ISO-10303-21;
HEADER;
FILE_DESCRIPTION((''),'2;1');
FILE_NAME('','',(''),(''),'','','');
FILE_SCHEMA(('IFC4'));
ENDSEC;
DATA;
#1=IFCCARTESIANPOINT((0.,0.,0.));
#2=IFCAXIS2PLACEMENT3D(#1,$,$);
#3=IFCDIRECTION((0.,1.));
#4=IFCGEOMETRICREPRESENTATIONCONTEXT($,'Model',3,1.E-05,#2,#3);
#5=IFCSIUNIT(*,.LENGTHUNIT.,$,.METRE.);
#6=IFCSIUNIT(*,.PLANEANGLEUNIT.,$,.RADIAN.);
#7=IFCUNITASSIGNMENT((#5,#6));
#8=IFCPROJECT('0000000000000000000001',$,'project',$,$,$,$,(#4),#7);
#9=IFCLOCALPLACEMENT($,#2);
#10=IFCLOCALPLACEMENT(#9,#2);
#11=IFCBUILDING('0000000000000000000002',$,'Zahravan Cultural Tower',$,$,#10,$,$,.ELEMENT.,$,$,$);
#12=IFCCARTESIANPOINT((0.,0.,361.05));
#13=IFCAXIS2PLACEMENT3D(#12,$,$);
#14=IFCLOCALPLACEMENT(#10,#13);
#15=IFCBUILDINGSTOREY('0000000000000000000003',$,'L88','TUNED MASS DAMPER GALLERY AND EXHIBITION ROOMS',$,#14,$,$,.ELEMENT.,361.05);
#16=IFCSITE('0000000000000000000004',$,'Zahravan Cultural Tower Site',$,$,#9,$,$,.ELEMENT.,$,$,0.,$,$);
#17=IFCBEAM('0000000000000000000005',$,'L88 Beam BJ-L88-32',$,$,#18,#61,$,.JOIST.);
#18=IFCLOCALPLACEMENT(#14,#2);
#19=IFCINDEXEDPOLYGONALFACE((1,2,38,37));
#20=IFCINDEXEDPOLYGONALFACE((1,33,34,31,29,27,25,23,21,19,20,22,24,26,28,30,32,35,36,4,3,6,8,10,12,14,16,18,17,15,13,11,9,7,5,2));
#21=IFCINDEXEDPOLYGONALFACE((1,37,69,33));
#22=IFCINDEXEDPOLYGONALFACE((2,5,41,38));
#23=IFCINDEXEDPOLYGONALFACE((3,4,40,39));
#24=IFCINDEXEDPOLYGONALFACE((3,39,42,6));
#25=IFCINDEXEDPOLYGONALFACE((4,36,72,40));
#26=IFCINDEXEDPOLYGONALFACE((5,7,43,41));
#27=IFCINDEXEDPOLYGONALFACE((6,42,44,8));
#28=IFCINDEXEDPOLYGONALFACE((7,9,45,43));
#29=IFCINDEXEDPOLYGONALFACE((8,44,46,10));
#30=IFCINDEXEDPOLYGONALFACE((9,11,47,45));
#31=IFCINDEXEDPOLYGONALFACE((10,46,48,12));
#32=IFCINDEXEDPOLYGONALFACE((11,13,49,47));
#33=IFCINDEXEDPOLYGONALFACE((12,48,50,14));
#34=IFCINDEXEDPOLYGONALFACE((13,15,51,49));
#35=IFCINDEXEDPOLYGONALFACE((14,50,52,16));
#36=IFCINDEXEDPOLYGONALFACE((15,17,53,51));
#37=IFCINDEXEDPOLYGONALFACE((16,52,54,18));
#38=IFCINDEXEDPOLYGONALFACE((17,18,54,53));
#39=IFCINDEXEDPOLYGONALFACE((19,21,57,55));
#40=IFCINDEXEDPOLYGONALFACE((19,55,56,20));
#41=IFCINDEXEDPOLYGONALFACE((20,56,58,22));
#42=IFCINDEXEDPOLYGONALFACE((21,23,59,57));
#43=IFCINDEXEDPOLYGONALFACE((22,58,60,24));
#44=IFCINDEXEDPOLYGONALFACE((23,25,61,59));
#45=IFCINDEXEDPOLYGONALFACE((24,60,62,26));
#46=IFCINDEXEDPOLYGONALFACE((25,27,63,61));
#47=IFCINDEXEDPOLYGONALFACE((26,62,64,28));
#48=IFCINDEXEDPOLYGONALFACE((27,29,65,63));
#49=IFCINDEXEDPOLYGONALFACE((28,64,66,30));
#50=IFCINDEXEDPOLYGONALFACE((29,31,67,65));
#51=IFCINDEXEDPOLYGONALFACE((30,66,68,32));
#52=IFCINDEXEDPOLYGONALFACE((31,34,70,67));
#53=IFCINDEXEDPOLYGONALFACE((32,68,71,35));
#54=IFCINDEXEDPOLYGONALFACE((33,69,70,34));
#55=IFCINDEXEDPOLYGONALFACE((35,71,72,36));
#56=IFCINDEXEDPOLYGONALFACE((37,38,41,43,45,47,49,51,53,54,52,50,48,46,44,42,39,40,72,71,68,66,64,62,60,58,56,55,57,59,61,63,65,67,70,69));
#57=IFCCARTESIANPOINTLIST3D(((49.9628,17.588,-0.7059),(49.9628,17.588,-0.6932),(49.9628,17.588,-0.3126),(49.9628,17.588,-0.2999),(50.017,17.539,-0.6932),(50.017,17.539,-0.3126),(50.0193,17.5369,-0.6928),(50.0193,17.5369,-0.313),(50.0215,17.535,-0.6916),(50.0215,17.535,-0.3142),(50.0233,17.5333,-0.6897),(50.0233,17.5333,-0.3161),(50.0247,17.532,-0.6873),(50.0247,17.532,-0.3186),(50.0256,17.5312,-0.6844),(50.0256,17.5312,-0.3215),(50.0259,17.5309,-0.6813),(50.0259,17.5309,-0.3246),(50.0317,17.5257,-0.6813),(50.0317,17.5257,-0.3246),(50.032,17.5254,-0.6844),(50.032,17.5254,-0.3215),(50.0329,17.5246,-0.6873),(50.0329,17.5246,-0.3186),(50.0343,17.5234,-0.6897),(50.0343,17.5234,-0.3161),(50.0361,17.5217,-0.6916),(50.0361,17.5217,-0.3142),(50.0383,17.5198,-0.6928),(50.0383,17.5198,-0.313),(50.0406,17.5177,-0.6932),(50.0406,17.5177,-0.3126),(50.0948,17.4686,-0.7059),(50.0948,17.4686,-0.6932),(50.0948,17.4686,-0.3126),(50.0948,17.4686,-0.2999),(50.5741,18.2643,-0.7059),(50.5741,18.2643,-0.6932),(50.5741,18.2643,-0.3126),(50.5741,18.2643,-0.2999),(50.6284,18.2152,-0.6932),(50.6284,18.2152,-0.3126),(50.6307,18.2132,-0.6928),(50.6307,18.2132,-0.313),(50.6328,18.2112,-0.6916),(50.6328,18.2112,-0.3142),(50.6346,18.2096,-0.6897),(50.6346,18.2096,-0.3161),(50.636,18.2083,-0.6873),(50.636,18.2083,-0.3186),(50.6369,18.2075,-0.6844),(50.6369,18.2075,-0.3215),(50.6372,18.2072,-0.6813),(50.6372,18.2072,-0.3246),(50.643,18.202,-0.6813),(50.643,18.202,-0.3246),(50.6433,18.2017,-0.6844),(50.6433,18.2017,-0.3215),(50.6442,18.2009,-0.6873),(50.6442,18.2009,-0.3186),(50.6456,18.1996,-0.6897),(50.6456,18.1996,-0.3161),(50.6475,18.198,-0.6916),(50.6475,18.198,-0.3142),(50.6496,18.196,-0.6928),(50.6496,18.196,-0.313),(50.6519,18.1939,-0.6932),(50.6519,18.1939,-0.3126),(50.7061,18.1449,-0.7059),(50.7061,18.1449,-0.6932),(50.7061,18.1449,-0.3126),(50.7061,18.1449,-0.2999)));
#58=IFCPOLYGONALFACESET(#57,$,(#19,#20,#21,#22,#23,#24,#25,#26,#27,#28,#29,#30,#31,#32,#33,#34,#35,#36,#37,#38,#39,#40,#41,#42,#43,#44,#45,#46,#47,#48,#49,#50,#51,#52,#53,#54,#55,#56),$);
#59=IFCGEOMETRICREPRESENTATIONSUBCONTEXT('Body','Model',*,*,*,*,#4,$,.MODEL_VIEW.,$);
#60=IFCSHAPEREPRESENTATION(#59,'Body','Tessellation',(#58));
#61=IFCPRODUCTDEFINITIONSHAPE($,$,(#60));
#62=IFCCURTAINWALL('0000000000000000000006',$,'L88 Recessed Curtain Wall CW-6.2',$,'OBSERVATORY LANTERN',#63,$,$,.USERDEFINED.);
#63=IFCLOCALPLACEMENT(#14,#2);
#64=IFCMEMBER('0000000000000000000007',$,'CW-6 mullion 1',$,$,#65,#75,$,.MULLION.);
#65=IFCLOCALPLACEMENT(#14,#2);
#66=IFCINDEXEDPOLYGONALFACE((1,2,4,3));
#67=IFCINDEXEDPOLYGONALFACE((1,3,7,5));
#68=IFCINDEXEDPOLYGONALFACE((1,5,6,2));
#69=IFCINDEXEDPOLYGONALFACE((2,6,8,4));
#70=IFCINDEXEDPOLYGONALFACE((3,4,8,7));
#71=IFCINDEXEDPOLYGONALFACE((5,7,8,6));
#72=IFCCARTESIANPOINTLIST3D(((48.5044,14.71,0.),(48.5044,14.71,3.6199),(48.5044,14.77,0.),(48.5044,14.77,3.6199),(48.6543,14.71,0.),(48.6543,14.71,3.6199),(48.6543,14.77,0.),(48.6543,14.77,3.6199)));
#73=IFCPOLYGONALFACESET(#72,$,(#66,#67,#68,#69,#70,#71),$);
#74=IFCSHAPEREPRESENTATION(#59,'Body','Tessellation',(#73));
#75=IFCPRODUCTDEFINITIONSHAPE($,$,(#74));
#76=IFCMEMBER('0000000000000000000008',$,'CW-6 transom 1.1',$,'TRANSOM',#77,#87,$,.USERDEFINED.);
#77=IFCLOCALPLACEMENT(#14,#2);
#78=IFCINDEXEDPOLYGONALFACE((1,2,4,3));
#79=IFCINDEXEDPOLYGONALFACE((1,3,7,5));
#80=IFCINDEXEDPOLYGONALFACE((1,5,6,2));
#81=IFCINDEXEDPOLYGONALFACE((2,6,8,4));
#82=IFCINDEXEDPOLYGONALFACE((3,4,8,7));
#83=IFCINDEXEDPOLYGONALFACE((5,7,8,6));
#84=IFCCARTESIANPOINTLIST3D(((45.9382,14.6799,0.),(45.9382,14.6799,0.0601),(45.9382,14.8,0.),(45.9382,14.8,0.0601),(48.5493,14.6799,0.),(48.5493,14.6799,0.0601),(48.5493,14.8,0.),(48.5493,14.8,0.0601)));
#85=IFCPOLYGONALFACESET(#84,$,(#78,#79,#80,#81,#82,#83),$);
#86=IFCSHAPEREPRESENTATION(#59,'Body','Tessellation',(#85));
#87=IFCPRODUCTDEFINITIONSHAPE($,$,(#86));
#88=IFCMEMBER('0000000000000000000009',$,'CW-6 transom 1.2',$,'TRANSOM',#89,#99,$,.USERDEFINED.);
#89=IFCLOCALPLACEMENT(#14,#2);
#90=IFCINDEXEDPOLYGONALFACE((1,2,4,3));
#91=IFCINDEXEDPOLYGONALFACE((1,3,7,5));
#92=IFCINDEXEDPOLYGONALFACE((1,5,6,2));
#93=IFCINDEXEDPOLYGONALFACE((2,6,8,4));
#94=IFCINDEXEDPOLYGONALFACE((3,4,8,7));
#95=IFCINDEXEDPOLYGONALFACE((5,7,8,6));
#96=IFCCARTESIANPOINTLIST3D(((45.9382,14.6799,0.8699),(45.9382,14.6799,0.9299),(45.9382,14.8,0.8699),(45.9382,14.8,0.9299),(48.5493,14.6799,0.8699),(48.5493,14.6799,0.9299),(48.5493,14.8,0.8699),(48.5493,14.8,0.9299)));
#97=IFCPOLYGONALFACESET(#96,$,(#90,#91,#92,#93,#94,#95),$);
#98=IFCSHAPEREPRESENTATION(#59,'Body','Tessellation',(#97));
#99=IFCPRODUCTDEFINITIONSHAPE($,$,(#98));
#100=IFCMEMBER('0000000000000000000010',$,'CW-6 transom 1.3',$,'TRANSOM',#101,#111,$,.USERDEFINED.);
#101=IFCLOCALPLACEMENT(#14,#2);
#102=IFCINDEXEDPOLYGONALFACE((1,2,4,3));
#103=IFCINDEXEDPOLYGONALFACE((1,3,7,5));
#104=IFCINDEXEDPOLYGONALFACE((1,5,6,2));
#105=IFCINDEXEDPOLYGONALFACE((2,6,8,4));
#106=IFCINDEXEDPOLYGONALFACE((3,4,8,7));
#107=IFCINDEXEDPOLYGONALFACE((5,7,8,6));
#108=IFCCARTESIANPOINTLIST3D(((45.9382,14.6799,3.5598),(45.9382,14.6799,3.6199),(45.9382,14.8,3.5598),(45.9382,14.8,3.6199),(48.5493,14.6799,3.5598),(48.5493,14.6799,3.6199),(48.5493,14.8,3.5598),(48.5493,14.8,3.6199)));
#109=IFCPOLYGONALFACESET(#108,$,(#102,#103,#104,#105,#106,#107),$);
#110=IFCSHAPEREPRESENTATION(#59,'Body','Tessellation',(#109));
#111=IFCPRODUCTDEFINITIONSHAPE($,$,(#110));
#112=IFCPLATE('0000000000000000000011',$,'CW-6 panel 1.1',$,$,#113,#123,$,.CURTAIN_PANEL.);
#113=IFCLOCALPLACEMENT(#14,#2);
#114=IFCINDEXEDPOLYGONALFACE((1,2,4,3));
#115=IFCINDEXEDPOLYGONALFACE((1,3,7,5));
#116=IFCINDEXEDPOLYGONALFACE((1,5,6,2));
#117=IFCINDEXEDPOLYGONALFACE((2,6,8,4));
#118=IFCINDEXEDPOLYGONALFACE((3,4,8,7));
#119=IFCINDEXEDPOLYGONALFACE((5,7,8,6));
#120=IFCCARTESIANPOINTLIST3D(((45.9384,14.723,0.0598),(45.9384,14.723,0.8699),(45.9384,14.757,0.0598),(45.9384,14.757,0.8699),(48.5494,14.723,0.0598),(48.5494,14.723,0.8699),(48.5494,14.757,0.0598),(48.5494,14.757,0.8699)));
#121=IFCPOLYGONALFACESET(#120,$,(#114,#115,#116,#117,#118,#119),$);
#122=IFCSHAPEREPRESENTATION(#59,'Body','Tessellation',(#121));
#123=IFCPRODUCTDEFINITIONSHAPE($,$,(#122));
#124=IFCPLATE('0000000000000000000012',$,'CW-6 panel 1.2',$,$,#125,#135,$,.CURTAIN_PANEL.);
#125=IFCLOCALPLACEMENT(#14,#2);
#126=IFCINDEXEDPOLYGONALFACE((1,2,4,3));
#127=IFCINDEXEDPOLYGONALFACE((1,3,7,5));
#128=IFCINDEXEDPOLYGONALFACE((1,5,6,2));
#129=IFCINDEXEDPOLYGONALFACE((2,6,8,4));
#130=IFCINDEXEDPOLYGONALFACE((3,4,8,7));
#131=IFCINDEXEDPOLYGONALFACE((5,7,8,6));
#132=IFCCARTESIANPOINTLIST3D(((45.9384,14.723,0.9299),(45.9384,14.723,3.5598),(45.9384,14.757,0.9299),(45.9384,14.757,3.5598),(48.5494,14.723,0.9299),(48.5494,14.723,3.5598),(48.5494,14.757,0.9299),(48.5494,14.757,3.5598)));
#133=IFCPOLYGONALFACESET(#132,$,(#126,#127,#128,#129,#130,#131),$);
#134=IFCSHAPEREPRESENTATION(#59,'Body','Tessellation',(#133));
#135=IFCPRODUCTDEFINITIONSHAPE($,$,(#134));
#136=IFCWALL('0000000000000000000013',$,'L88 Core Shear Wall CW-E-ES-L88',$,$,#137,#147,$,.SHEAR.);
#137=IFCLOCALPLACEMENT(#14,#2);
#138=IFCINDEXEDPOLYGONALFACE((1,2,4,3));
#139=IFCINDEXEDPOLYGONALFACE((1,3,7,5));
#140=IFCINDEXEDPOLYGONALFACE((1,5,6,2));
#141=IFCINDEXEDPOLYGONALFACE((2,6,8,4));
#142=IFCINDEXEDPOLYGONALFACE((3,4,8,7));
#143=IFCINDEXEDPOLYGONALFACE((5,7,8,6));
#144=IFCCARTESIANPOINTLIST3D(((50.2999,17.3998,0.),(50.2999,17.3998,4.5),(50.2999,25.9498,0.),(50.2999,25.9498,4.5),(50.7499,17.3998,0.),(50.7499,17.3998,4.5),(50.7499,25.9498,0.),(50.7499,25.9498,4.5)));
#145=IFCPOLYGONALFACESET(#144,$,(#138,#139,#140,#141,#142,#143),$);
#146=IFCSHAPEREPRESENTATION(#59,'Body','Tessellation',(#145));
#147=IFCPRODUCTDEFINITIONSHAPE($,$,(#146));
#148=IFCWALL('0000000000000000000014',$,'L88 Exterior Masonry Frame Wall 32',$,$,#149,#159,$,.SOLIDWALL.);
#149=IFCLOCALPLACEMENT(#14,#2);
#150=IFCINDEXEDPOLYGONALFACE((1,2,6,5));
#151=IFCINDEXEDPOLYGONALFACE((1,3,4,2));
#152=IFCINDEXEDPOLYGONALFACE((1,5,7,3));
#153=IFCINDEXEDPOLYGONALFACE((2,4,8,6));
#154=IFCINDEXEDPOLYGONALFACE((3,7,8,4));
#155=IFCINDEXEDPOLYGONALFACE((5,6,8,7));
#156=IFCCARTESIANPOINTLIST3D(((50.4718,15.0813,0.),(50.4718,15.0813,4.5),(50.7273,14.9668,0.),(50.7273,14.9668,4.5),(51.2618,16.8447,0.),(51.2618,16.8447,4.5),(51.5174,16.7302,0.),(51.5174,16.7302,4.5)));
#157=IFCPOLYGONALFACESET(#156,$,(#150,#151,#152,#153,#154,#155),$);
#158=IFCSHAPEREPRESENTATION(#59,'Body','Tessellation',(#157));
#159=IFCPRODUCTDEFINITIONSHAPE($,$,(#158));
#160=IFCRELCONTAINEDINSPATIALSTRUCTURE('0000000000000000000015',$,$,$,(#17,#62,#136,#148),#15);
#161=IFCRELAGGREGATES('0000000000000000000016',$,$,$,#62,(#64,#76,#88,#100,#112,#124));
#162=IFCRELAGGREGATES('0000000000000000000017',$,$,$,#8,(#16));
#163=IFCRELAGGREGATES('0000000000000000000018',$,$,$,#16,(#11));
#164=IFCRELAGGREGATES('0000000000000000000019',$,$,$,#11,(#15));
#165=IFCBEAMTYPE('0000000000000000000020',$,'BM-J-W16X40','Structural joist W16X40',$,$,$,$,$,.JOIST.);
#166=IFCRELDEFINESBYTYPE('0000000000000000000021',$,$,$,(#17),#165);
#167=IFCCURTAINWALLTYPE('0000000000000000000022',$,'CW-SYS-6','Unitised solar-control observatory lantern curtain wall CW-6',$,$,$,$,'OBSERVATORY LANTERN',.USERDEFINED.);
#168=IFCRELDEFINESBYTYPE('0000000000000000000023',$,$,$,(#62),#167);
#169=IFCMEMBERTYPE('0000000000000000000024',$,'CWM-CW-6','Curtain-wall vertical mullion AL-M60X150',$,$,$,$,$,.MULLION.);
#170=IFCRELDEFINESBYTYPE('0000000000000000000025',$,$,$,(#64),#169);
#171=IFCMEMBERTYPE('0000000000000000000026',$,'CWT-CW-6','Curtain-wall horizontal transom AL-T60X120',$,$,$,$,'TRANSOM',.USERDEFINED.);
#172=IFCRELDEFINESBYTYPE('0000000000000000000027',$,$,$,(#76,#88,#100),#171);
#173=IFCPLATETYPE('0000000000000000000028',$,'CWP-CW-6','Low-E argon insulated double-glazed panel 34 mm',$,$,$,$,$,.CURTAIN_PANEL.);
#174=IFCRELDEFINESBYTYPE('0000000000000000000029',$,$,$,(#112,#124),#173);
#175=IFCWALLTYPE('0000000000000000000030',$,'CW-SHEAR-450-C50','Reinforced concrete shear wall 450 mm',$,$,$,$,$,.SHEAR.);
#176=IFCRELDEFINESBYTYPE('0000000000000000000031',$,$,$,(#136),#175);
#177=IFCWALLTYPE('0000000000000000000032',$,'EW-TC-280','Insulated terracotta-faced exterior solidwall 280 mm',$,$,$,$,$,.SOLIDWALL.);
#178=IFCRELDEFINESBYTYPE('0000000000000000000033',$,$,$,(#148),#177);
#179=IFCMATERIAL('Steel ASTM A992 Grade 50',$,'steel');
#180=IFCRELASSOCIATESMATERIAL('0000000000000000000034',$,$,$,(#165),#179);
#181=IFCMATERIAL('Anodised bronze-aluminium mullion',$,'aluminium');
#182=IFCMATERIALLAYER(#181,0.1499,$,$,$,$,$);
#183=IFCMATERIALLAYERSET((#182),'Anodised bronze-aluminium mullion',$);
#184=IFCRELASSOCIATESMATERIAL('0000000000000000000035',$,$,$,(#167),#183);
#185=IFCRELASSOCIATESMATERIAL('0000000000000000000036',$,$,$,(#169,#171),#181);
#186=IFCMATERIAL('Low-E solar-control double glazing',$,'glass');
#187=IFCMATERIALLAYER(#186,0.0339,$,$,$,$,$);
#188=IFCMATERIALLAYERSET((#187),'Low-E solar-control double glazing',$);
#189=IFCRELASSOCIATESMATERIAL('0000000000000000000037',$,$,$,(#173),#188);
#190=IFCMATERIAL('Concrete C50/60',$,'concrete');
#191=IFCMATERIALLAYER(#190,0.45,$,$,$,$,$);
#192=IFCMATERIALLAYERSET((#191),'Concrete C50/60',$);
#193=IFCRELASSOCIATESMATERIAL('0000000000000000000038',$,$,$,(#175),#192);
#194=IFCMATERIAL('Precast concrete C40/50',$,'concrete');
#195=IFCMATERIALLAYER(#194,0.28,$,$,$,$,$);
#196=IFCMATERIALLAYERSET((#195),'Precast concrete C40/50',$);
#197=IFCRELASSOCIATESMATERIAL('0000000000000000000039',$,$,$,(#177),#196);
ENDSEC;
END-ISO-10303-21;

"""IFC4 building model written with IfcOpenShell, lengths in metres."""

from ifc_helpers import new_model, si_unit, direction, frame, frame_2d, origin, origin_2d, place, context, subcontext, project, spatial, rectangle, i_section, extrude, source, transform, mapped, material, layer, layer_set, material_profile, profile_set, type_object, element, aggregate, save


model = new_model("IFC4")

# Units and contexts
model_context = context("Model", 3, precision=1e-05, world=origin(), true_north=direction((0.0, 1.0)))
body_context = subcontext(model_context, "Body", "Model", "MODEL_VIEW")
ifc_project = project(units=[si_unit("LENGTHUNIT", "METRE"), si_unit("PLANEANGLEUNIT", "RADIAN")], contexts=[model_context])

# Site, building, storey
site_placement = place(None, origin())
site = spatial("IfcSite", under=ifc_project, at=site_placement, Name="Zahravan Cultural Tower Site", CompositionType="ELEMENT", RefElevation=0.0)
building_placement = place(site_placement, origin())
building = spatial("IfcBuilding", under=site, at=building_placement, Name="Zahravan Cultural Tower", CompositionType="ELEMENT")
storey_placement = place(building_placement, frame((0.0, 0.0, 361.05)))
storey = spatial("IfcBuildingStorey", under=building, at=storey_placement, Name="L88", Description="TUNED MASS DAMPER GALLERY AND EXHIBITION ROOMS", CompositionType="ELEMENT", Elevation=361.05)

# Shared definitions
ifc_material_1 = material(Name="Concrete C50/60", Category="concrete")
ifc_material_2 = material(Name="Steel ASTM A992 Grade 50", Category="steel")

# Beam
ifc_material_profile_1 = material_profile(ifc_material_2, i_section(OverallWidth=0.178, OverallDepth=0.406, WebThickness=0.0078, FlangeThickness=0.0127, FilletRadius=0.012, at=origin_2d()), Name="W16X40")
ifc_profile_set_1 = profile_set([ifc_material_profile_1], Name="Steel ASTM A992 Grade 50")
beam_type_1 = type_object("IfcBeamType", Name="BM-J-W16X40", Description="Structural joist W16X40", PredefinedType="JOIST", material=ifc_profile_set_1)
shared_shape_1 = source(origin(), body_context, "Body", "SweptSolid", [
    extrude(i_section(OverallWidth=0.178, OverallDepth=0.406, WebThickness=0.0078, FlangeThickness=0.0127, FilletRadius=0.012, at=origin_2d()), origin(), (0.0, 0.0, 1.0), 0.9116),
])
beam_1_placement = place(storey_placement, frame((50.0288, 17.5283, -0.5029), z_axis=(0.670591, 0.741828, 0.0), x_axis=(-0.741828, 0.670591, 0.0)))
element("IfcBeam", 1, at=beam_1_placement, inside=storey, type_object=beam_type_1, Name="L88 Beam BJ-L88-32", PredefinedType="JOIST", context=body_context, shape_type="MappedRepresentation", body=[
    mapped(shared_shape_1, transform((0.0, 0.0, 0.0), x_axis=(1.0, 0.0, 0.0), y_axis=(0.0, 1.0, 0.0), z_axis=(0.0, 0.0, 1.0), scale=1.0)),
])

# Curtain wall, members, plates
ifc_material_3 = material(Name="Anodised bronze-aluminium mullion", Category="aluminium")
ifc_layer_1 = layer(ifc_material_3, 0.1499)
ifc_layer_set_1 = layer_set([ifc_layer_1], Name="Anodised bronze-aluminium mullion")
curtain_wall_type = type_object("IfcCurtainWallType", Name="CW-SYS-6", Description="Unitised solar-control observatory lantern curtain wall CW-6", ElementType="OBSERVATORY LANTERN", PredefinedType="USERDEFINED", material=ifc_layer_set_1)
curtain_wall_placement = place(storey_placement, origin())
curtain_wall = element("IfcCurtainWall", 2, at=curtain_wall_placement, inside=storey, type_object=curtain_wall_type, Name="L88 Recessed Curtain Wall CW-6.2", ObjectType="OBSERVATORY LANTERN", PredefinedType="USERDEFINED")
ifc_material_profile_2 = material_profile(ifc_material_3, rectangle(XDim=0.0601, YDim=0.1499, at=origin_2d()), Name="AL-M60X150")
ifc_profile_set_2 = profile_set([ifc_material_profile_2], Name="Anodised bronze-aluminium mullion")
member_type_1 = type_object("IfcMemberType", Name="CWM-CW-6", Description="Curtain-wall vertical mullion AL-M60X150", PredefinedType="MULLION", material=ifc_profile_set_2)
shared_shape_2 = source(origin(), body_context, "Body", "SweptSolid", [
    extrude(rectangle(XDim=0.0601, YDim=0.1499, at=origin_2d()), origin(), (0.0, 0.0, 1.0), 3.6199),
])
member_1_placement = place(storey_placement, frame((48.5793, 14.74, 0.0), z_axis=(0.0, 0.0, 1.0), x_axis=(0.0, -1.0, 0.0)))
member_1 = element("IfcMember", 3, at=member_1_placement, type_object=member_type_1, Name="CW-6 mullion 1", PredefinedType="MULLION", context=body_context, shape_type="MappedRepresentation", body=[
    mapped(shared_shape_2, transform((0.0, 0.0, 0.0), x_axis=(1.0, 0.0, 0.0), y_axis=(0.0, 1.0, 0.0), z_axis=(0.0, 0.0, 1.0), scale=1.0)),
])
ifc_material_profile_3 = material_profile(ifc_material_3, rectangle(XDim=0.1201, YDim=0.0601, at=origin_2d()), Name="AL-T60X120")
ifc_profile_set_3 = profile_set([ifc_material_profile_3], Name="Anodised bronze-aluminium mullion")
member_type_2 = type_object("IfcMemberType", Name="CWT-CW-6", Description="Curtain-wall horizontal transom AL-T60X120", ElementType="TRANSOM", PredefinedType="USERDEFINED", material=ifc_profile_set_3)
shared_shape_3 = source(origin(), body_context, "Body", "SweptSolid", [
    extrude(rectangle(XDim=0.1201, YDim=0.0601, at=origin_2d()), origin(), (0.0, 0.0, 1.0), 2.6111),
])
member_2_placement = place(storey_placement, frame((48.5493, 14.74, 0.03), z_axis=(-1.0, 0.0, 0.0), x_axis=(0.0, -1.0, 0.0)))
member_2 = element("IfcMember", 4, at=member_2_placement, type_object=member_type_2, Name="CW-6 transom 1.1", ObjectType="TRANSOM", PredefinedType="USERDEFINED", context=body_context, shape_type="MappedRepresentation", body=[
    mapped(shared_shape_3, transform((0.0, 0.0, 0.0), x_axis=(1.0, 0.0, 0.0), y_axis=(0.0, 1.0, 0.0), z_axis=(0.0, 0.0, 1.0), scale=1.0)),
])
member_3_placement = place(storey_placement, frame((48.5493, 14.74, 0.8999), z_axis=(-1.0, 0.0, 0.0), x_axis=(0.0, -1.0, 0.0)))
member_3 = element("IfcMember", 5, at=member_3_placement, type_object=member_type_2, Name="CW-6 transom 1.2", ObjectType="TRANSOM", PredefinedType="USERDEFINED", context=body_context, shape_type="MappedRepresentation", body=[
    mapped(shared_shape_3, transform((0.0, 0.0, 0.0), x_axis=(1.0, 0.0, 0.0), y_axis=(0.0, 1.0, 0.0), z_axis=(0.0, 0.0, 1.0), scale=1.0)),
])
member_4_placement = place(storey_placement, frame((48.5493, 14.74, 3.5898), z_axis=(-1.0, 0.0, 0.0), x_axis=(0.0, -1.0, 0.0)))
member_4 = element("IfcMember", 6, at=member_4_placement, type_object=member_type_2, Name="CW-6 transom 1.3", ObjectType="TRANSOM", PredefinedType="USERDEFINED", context=body_context, shape_type="MappedRepresentation", body=[
    mapped(shared_shape_3, transform((0.0, 0.0, 0.0), x_axis=(1.0, 0.0, 0.0), y_axis=(0.0, 1.0, 0.0), z_axis=(0.0, 0.0, 1.0), scale=1.0)),
])
ifc_material_4 = material(Name="Low-E solar-control double glazing", Category="glass")
ifc_layer_2 = layer(ifc_material_4, 0.0339)
ifc_layer_set_2 = layer_set([ifc_layer_2], Name="Low-E solar-control double glazing")
plate_type = type_object("IfcPlateType", Name="CWP-CW-6", Description="Low-E argon insulated double-glazed panel 34 mm", PredefinedType="CURTAIN_PANEL", material=ifc_layer_set_2)
shared_shape_4 = source(origin(), body_context, "Body", "SweptSolid", [
    extrude(rectangle(XDim=2.6111, YDim=0.0339, at=origin_2d()), origin(), (0.0, 0.0, 1.0), 0.8101),
])
plate_1_placement = place(storey_placement, frame((47.2439, 14.74, 0.0598), z_axis=(0.0, 0.0, 1.0), x_axis=(-1.0, 0.0, 0.0)))
plate_1 = element("IfcPlate", 7, at=plate_1_placement, type_object=plate_type, Name="CW-6 panel 1.1", PredefinedType="CURTAIN_PANEL", context=body_context, shape_type="MappedRepresentation", body=[
    mapped(shared_shape_4, transform((0.0, 0.0, 0.0), x_axis=(1.0, 0.0, 0.0), y_axis=(0.0, 1.0, 0.0), z_axis=(0.0, 0.0, 1.0), scale=1.0)),
])
shared_shape_5 = source(origin(), body_context, "Body", "SweptSolid", [
    extrude(rectangle(XDim=2.6111, YDim=0.0339, at=origin_2d()), origin(), (0.0, 0.0, 1.0), 2.6299),
])
plate_2_placement = place(storey_placement, frame((47.2439, 14.74, 0.9299), z_axis=(0.0, 0.0, 1.0), x_axis=(-1.0, 0.0, 0.0)))
plate_2 = element("IfcPlate", 8, at=plate_2_placement, type_object=plate_type, Name="CW-6 panel 1.2", PredefinedType="CURTAIN_PANEL", context=body_context, shape_type="MappedRepresentation", body=[
    mapped(shared_shape_5, transform((0.0, 0.0, 0.0), x_axis=(1.0, 0.0, 0.0), y_axis=(0.0, 1.0, 0.0), z_axis=(0.0, 0.0, 1.0), scale=1.0)),
])
aggregate(curtain_wall, [member_1, member_2, member_3, member_4, plate_1, plate_2])

# Walls
ifc_layer_3 = layer(ifc_material_1, 0.45)
ifc_layer_set_3 = layer_set([ifc_layer_3], Name="Concrete C50/60")
wall_type_1 = type_object("IfcWallType", Name="CW-SHEAR-450-C50", Description="Reinforced concrete shear wall 450 mm", PredefinedType="SHEAR", material=ifc_layer_set_3)
shared_shape_6 = source(origin(), body_context, "Body", "SweptSolid", [
    extrude(rectangle(XDim=8.55, YDim=0.45, at=frame_2d((4.2749, 0.0))), origin(), (0.0, 0.0, 1.0), 4.5),
])
wall_1_placement = place(storey_placement, frame((50.5249, 17.3999, 0.0), z_axis=(0.0, 0.0, 1.0), x_axis=(0.0, 1.0, 0.0)))
element("IfcWall", 9, at=wall_1_placement, inside=storey, type_object=wall_type_1, Name="L88 Core Shear Wall CW-E-ES-L88", PredefinedType="SHEAR", context=body_context, shape_type="MappedRepresentation", body=[
    mapped(shared_shape_6, transform((0.0, 0.0, 0.0), x_axis=(1.0, 0.0, 0.0), y_axis=(0.0, 1.0, 0.0), z_axis=(0.0, 0.0, 1.0), scale=1.0)),
])
ifc_material_5 = material(Name="Precast concrete C40/50", Category="concrete")
ifc_layer_4 = layer(ifc_material_5, 0.28)
ifc_layer_set_4 = layer_set([ifc_layer_4], Name="Precast concrete C40/50")
wall_type_2 = type_object("IfcWallType", Name="EW-TC-280", Description="Insulated terracotta-faced exterior solidwall 280 mm", PredefinedType="SOLIDWALL", material=ifc_layer_set_4)
shared_shape_7 = source(origin(), body_context, "Body", "SweptSolid", [
    extrude(rectangle(XDim=1.9324, YDim=0.28, at=frame_2d((0.9663, 0.0))), origin(), (0.0, 0.0, 1.0), 4.5),
])
wall_2_placement = place(storey_placement, frame((51.3896, 16.7876, 0.0), z_axis=(0.0, 0.0, 1.0), x_axis=(-0.408856, -0.912599, 0.0)))
element("IfcWall", 10, at=wall_2_placement, inside=storey, type_object=wall_type_2, Name="L88 Exterior Masonry Frame Wall 32", PredefinedType="SOLIDWALL", context=body_context, shape_type="MappedRepresentation", body=[
    mapped(shared_shape_7, transform((0.0, 0.0, 0.0), x_axis=(1.0, 0.0, 0.0), y_axis=(0.0, 1.0, 0.0), z_axis=(0.0, 0.0, 1.0), scale=1.0)),
])

save(model, "model.ifc")
